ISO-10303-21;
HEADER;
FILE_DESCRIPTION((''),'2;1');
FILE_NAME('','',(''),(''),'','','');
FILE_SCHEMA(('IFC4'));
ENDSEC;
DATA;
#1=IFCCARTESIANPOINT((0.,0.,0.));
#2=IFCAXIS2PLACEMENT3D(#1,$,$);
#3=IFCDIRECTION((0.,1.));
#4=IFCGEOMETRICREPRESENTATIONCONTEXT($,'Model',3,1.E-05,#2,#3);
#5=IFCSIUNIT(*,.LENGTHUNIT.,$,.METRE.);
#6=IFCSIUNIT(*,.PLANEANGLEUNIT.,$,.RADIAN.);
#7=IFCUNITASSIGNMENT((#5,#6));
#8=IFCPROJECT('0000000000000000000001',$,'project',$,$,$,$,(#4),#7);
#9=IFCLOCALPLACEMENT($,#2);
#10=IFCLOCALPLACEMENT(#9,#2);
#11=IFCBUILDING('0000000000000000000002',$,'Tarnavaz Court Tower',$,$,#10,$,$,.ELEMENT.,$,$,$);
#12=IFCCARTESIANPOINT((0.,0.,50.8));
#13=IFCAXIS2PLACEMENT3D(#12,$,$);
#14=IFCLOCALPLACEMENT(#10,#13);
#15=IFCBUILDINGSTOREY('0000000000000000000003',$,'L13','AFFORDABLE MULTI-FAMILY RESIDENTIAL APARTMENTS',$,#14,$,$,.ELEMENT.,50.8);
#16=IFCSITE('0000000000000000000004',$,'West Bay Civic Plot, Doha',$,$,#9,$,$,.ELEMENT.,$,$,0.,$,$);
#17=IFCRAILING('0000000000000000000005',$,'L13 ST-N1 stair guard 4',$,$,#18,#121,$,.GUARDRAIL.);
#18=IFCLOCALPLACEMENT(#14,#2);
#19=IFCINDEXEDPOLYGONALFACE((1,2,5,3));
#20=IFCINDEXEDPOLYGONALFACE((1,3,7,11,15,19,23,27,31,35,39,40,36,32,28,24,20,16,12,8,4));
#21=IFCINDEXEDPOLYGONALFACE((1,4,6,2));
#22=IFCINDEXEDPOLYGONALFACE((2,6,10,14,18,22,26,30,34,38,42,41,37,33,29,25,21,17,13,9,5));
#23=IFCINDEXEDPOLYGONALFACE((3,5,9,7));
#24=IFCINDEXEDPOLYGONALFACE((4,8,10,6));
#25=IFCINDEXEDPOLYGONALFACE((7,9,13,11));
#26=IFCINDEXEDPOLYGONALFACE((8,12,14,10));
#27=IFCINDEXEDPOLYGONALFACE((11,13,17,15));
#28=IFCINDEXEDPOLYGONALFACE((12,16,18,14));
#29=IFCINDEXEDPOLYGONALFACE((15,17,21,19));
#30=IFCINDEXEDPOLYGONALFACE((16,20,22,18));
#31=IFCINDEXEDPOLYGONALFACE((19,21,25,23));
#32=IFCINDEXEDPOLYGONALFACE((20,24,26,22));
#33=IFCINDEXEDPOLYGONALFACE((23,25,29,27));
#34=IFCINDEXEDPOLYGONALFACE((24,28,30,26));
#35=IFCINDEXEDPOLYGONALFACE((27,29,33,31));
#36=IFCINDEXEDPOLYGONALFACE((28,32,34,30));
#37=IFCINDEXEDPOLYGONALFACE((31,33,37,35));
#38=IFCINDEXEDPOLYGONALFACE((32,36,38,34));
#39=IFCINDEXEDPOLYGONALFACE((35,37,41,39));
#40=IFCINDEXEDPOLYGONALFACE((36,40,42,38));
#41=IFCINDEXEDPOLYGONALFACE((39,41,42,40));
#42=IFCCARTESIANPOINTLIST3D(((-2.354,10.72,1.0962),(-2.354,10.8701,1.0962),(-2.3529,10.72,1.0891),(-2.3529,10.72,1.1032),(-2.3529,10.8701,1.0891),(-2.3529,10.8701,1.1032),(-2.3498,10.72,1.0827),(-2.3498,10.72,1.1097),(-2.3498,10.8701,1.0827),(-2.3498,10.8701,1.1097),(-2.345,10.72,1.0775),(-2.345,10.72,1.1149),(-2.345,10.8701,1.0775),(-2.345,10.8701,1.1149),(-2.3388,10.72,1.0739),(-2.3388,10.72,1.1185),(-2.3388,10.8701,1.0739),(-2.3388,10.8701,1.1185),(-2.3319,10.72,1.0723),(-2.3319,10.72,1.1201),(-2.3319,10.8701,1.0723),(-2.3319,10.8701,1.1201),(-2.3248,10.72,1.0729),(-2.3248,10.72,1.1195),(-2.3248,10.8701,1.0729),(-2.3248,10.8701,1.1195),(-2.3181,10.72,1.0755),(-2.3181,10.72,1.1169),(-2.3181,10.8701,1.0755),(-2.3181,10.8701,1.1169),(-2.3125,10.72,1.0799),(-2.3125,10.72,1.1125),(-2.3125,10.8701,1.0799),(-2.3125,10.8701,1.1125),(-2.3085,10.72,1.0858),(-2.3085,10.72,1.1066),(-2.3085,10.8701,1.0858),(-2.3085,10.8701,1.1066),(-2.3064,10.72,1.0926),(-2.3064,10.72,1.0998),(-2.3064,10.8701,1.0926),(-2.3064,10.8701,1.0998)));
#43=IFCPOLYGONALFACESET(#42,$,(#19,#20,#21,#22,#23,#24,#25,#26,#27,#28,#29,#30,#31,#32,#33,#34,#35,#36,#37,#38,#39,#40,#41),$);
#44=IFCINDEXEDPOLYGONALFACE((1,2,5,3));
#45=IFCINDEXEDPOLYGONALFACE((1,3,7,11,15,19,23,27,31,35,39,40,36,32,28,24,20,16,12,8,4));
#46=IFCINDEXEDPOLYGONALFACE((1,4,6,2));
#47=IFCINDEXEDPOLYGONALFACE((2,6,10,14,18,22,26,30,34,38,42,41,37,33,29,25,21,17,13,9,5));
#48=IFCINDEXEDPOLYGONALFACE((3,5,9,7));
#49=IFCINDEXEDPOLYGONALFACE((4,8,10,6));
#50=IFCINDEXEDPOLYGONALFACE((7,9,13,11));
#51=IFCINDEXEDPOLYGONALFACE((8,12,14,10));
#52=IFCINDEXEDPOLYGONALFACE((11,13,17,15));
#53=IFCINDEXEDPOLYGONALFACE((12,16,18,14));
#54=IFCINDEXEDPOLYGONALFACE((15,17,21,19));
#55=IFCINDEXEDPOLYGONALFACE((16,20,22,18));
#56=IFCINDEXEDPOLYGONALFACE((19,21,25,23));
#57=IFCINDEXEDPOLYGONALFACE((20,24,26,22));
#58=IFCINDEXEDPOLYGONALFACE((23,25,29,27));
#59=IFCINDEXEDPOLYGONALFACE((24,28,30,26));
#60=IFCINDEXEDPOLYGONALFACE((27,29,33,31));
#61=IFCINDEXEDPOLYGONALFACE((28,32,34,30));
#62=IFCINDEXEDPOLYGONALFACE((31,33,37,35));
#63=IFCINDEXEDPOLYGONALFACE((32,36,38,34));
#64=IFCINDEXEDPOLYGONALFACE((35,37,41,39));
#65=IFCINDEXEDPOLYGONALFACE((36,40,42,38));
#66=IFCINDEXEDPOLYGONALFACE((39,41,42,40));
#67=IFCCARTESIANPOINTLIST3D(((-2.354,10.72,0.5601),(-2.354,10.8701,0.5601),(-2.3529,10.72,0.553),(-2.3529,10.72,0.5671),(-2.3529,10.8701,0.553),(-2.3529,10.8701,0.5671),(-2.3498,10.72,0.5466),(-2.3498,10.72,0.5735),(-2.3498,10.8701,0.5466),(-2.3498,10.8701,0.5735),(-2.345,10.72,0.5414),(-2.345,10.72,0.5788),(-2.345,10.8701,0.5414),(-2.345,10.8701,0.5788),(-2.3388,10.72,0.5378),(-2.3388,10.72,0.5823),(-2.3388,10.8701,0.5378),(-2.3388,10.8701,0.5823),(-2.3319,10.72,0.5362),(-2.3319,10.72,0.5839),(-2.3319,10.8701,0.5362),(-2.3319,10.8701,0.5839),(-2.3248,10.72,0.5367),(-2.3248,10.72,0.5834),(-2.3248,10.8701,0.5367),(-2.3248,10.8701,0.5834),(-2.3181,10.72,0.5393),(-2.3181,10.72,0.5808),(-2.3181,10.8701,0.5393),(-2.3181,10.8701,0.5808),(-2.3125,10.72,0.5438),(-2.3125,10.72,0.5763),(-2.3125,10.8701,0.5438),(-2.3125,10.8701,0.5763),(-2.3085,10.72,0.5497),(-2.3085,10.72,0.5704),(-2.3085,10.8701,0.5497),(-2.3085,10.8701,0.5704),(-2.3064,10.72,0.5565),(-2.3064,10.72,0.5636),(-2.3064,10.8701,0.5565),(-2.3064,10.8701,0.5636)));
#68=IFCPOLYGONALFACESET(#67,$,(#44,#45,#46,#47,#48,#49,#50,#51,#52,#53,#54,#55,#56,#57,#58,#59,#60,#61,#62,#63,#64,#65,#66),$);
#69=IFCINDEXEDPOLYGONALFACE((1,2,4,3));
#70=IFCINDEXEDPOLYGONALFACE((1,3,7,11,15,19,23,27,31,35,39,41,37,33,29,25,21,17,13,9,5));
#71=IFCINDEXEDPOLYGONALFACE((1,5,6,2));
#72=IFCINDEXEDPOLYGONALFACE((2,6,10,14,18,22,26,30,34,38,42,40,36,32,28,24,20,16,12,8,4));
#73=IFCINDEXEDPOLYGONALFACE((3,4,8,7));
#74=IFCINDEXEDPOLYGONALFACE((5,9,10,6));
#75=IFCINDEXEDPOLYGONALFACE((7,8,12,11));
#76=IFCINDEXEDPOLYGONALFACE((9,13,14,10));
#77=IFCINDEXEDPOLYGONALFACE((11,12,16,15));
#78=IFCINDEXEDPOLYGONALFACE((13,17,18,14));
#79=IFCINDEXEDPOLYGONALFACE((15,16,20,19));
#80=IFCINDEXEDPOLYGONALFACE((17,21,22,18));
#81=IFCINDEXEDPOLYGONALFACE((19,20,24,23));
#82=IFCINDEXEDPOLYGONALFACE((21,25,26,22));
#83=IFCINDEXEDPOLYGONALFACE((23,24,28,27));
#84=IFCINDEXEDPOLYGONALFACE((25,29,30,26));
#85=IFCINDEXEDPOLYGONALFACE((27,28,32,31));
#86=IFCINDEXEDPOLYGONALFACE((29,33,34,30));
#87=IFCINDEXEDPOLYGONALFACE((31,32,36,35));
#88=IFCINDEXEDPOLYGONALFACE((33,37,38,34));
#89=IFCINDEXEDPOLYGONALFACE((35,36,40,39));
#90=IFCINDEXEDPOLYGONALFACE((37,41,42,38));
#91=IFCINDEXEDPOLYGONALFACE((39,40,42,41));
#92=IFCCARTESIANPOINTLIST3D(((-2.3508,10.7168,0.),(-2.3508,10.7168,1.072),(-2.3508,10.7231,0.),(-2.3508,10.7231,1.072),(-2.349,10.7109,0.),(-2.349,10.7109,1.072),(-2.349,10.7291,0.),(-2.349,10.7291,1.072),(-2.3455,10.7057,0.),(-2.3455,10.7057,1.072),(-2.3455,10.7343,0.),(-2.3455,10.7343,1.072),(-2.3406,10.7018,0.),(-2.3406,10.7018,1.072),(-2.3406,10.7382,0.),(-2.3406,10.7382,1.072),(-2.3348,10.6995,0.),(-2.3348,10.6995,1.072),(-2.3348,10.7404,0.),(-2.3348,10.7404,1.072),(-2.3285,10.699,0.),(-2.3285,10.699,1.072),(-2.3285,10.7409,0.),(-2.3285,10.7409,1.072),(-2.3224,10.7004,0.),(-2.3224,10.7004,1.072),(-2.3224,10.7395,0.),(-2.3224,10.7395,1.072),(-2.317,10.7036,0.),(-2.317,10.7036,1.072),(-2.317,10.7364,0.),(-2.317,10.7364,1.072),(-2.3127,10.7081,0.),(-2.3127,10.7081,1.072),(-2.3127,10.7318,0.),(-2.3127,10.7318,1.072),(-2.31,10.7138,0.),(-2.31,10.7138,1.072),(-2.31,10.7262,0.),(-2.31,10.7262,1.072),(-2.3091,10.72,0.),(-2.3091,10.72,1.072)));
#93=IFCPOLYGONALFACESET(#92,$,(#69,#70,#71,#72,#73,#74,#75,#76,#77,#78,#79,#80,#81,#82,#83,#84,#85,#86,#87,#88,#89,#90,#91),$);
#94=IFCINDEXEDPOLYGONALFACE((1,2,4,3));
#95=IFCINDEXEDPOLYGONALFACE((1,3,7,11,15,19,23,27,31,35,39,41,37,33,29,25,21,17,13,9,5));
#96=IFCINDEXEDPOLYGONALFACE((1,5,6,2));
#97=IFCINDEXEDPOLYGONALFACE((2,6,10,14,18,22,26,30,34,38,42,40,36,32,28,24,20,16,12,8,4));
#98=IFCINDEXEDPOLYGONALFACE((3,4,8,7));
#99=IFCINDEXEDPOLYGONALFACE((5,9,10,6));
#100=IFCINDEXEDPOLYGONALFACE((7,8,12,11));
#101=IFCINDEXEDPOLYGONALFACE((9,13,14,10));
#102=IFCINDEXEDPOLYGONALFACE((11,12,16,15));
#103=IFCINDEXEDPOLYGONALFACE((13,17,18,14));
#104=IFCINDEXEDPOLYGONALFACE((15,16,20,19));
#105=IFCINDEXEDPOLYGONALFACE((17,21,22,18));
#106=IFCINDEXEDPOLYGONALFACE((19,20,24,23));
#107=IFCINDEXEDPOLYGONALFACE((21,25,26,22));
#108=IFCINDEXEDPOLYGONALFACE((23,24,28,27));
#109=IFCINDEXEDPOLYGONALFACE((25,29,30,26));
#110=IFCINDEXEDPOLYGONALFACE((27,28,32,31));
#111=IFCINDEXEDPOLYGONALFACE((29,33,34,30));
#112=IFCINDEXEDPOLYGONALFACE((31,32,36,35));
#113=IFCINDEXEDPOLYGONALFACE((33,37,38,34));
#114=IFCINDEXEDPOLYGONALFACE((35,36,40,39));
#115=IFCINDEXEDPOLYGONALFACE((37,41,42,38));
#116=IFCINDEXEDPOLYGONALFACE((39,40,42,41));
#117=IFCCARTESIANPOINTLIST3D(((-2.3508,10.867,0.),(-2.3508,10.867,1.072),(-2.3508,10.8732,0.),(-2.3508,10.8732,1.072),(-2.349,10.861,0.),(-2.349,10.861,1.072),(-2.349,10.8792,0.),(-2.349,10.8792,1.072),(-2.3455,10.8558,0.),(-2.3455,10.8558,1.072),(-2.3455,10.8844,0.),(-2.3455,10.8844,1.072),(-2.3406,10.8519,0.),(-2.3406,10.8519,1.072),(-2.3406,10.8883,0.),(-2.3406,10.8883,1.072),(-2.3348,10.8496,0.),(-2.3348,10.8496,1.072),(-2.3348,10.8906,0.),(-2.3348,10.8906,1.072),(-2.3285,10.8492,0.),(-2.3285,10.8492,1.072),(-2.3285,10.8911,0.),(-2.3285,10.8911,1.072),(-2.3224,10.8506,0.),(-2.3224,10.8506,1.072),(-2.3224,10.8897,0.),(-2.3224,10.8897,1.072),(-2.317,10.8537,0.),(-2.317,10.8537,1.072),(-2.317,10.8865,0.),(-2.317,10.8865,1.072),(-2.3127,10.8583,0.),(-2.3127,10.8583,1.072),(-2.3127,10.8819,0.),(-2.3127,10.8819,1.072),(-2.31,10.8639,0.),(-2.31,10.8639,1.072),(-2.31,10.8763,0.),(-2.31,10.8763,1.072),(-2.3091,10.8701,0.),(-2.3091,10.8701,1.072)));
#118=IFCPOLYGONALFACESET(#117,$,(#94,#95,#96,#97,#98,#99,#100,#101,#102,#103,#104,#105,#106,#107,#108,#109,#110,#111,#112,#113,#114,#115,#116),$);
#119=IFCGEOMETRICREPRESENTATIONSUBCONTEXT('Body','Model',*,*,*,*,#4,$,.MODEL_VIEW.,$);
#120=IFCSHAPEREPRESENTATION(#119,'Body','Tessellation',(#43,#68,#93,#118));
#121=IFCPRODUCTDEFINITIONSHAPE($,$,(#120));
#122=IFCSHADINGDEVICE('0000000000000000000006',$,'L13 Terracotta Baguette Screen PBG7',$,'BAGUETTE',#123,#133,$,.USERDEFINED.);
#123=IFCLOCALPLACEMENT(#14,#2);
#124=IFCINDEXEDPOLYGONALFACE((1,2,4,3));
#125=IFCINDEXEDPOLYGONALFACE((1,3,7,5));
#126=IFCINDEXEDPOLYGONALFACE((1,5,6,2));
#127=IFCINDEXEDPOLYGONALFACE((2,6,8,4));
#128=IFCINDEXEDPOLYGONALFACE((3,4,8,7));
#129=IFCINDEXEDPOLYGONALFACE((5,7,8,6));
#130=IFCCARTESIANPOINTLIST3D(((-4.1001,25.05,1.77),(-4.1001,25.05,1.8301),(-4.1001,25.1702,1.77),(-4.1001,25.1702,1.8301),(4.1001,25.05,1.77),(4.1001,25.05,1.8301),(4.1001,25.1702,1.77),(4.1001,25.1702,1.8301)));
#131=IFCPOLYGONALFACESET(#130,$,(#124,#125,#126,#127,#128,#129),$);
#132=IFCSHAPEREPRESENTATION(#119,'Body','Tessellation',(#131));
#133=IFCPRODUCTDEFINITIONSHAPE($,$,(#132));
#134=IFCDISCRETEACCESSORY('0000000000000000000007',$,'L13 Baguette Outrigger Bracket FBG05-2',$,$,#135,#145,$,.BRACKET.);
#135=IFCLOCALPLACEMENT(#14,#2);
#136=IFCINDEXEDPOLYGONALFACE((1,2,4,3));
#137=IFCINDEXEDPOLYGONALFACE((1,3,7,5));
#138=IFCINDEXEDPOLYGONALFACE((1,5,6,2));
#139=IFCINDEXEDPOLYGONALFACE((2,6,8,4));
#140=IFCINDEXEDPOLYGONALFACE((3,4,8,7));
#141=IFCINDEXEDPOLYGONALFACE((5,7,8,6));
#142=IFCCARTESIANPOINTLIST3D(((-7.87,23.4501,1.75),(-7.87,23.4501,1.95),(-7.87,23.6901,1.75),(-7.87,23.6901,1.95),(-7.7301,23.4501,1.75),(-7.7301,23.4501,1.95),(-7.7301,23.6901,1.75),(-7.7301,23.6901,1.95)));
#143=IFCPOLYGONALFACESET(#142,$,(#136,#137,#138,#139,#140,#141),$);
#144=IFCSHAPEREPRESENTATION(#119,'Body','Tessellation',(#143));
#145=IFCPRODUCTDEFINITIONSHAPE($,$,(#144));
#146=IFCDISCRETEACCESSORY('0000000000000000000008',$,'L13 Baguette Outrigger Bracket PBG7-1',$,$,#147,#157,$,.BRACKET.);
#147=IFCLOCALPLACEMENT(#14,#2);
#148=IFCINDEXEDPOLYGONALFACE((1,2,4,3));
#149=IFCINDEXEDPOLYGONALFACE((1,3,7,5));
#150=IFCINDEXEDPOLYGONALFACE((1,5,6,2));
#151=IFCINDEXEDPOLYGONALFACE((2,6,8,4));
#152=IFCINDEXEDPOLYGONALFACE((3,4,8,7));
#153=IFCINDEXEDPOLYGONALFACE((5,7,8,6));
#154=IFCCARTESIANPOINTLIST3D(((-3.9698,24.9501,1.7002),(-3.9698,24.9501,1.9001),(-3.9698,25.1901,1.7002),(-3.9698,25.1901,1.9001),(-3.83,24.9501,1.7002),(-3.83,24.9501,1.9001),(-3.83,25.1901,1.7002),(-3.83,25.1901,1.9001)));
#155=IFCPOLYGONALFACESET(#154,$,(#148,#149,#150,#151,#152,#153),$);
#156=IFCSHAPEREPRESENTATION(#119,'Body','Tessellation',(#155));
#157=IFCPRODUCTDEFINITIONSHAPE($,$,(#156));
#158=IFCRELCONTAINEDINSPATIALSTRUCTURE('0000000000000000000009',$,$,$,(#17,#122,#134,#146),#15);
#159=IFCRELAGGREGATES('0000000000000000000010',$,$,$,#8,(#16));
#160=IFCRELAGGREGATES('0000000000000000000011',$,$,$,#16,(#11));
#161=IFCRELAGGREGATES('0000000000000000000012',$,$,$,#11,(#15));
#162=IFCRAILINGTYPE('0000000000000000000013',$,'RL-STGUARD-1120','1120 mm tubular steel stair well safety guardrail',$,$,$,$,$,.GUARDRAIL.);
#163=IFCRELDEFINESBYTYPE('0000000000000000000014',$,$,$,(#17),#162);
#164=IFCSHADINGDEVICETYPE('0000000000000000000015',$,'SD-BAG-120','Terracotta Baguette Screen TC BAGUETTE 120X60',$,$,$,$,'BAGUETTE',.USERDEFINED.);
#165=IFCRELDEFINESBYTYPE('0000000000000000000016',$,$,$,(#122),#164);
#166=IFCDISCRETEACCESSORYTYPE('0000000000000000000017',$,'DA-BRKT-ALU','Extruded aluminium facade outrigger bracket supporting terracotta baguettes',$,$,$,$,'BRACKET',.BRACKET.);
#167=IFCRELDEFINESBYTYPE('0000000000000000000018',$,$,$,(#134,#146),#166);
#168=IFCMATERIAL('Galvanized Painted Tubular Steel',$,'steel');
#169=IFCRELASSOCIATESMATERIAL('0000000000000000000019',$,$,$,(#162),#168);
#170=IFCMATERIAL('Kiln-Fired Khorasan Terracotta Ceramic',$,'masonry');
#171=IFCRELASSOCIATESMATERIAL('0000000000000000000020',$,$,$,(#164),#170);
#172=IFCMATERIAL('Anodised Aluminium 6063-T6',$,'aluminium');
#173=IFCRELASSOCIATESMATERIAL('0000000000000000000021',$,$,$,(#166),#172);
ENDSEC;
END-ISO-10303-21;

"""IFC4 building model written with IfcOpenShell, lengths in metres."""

from ifc_helpers import new_model, si_unit, direction, frame, origin, origin_2d, place, context, subcontext, project, spatial, rectangle, circle, extrude, material, material_profile, profile_set, type_object, element, save


model = new_model("IFC4")

# Units and contexts
model_context = context("Model", 3, precision=1e-05, world=origin(), true_north=direction((0.0, 1.0)))
body_context = subcontext(model_context, "Body", "Model", "MODEL_VIEW")
ifc_project = project(units=[si_unit("LENGTHUNIT", "METRE"), si_unit("PLANEANGLEUNIT", "RADIAN")], contexts=[model_context])

# Site, building, storey
site_placement = place(None, origin())
site = spatial("IfcSite", under=ifc_project, at=site_placement, Name="West Bay Civic Plot, Doha", CompositionType="ELEMENT", RefElevation=0.0)
building_placement = place(site_placement, origin())
building = spatial("IfcBuilding", under=site, at=building_placement, Name="Tarnavaz Court Tower", CompositionType="ELEMENT")
storey_placement = place(building_placement, frame((0.0, 0.0, 50.8)))
storey = spatial("IfcBuildingStorey", under=building, at=storey_placement, Name="L13", Description="AFFORDABLE MULTI-FAMILY RESIDENTIAL APARTMENTS", CompositionType="ELEMENT", Elevation=50.8)

# Shared definitions
ifc_material_1 = material(Name="Anodised Aluminium 6063-T6", Category="aluminium")

# Railing
ifc_material_2 = material(Name="Galvanized Painted Tubular Steel", Category="steel")
railing_type = type_object("IfcRailingType", Name="RL-STGUARD-1120", Description="1120 mm tubular steel stair well safety guardrail", PredefinedType="GUARDRAIL", material=ifc_material_2)
railing_placement = place(storey_placement, frame((-2.3301, 10.72, 0.0)))
element("IfcRailing", 1, at=railing_placement, inside=storey, type_object=railing_type, Name="L13 ST-N1 stair guard 4", PredefinedType="GUARDRAIL", context=body_context, shape_type="SweptSolid", body=[
    extrude(circle(Radius=0.0239, at=origin_2d()), frame((0.0, 0.0, 1.0962), z_axis=(0.0, 1.0, 0.0), x_axis=(-1.0, 0.0, 0.0)), (0.0, 0.0, 1.0), 0.1501),
    extrude(circle(Radius=0.0239, at=origin_2d()), frame((0.0, 0.0, 0.5601), z_axis=(0.0, 1.0, 0.0), x_axis=(-1.0, 0.0, 0.0)), (0.0, 0.0, 1.0), 0.1501),
    extrude(circle(Radius=0.021, at=origin_2d()), origin(), (0.0, 0.0, 1.0), 1.072),
    extrude(circle(Radius=0.021, at=origin_2d()), frame((0.0, 0.1501, 0.0)), (0.0, 0.0, 1.0), 1.072),
])

# Shading device
ifc_material_3 = material(Name="Kiln-Fired Khorasan Terracotta Ceramic", Category="masonry")
ifc_material_profile_1 = material_profile(ifc_material_3, rectangle(XDim=0.1201, YDim=0.0601, at=origin_2d()), Name="TC BAGUETTE 120X60")
ifc_profile_set_1 = profile_set([ifc_material_profile_1], Name="Kiln-Fired Khorasan Terracotta Ceramic")
shading_device_type = type_object("IfcShadingDeviceType", Name="SD-BAG-120", Description="Terracotta Baguette Screen TC BAGUETTE 120X60", ElementType="BAGUETTE", PredefinedType="USERDEFINED", material=ifc_profile_set_1)
shading_device_placement = place(storey_placement, frame((-4.1001, 25.1101, 1.8), z_axis=(1.0, 0.0, 0.0), x_axis=(0.0, 1.0, 0.0)))
element("IfcShadingDevice", 2, at=shading_device_placement, inside=storey, type_object=shading_device_type, Name="L13 Terracotta Baguette Screen PBG7", ObjectType="BAGUETTE", PredefinedType="USERDEFINED", context=body_context, shape_type="SweptSolid", body=[
    extrude(rectangle(XDim=0.1201, YDim=0.0601, at=origin_2d()), origin(), (0.0, 0.0, 1.0), 8.2002),
])

# Discrete accessories
discrete_accessory_type = type_object("IfcDiscreteAccessoryType", Name="DA-BRKT-ALU", Description="Extruded aluminium facade outrigger bracket supporting terracotta baguettes", ElementType="BRACKET", PredefinedType="BRACKET", material=ifc_material_1)
for number, where, z_axis, x_axis, name in (
    (3, (-7.8, 23.5701, 1.75), (0.0, 0.0, 1.0), (1.0, 0.0, 0.0), "L13 Baguette Outrigger Bracket FBG05-2"),
    (4, (-3.8999, 25.0701, 1.7002), (0.0, 0.0, 1.0), (1.0, 0.0, 0.0), "L13 Baguette Outrigger Bracket PBG7-1"),
):
    element("IfcDiscreteAccessory", number, at=place(storey_placement, frame(where, z_axis=z_axis, x_axis=x_axis)), inside=storey, type_object=discrete_accessory_type, Name=name, PredefinedType="BRACKET", context=body_context, shape_type="SweptSolid", body=[
        extrude(rectangle(XDim=0.1399, YDim=0.24, at=origin_2d()), origin(), (0.0, 0.0, 1.0), 0.2),
    ])

save(model, "model.ifc")
